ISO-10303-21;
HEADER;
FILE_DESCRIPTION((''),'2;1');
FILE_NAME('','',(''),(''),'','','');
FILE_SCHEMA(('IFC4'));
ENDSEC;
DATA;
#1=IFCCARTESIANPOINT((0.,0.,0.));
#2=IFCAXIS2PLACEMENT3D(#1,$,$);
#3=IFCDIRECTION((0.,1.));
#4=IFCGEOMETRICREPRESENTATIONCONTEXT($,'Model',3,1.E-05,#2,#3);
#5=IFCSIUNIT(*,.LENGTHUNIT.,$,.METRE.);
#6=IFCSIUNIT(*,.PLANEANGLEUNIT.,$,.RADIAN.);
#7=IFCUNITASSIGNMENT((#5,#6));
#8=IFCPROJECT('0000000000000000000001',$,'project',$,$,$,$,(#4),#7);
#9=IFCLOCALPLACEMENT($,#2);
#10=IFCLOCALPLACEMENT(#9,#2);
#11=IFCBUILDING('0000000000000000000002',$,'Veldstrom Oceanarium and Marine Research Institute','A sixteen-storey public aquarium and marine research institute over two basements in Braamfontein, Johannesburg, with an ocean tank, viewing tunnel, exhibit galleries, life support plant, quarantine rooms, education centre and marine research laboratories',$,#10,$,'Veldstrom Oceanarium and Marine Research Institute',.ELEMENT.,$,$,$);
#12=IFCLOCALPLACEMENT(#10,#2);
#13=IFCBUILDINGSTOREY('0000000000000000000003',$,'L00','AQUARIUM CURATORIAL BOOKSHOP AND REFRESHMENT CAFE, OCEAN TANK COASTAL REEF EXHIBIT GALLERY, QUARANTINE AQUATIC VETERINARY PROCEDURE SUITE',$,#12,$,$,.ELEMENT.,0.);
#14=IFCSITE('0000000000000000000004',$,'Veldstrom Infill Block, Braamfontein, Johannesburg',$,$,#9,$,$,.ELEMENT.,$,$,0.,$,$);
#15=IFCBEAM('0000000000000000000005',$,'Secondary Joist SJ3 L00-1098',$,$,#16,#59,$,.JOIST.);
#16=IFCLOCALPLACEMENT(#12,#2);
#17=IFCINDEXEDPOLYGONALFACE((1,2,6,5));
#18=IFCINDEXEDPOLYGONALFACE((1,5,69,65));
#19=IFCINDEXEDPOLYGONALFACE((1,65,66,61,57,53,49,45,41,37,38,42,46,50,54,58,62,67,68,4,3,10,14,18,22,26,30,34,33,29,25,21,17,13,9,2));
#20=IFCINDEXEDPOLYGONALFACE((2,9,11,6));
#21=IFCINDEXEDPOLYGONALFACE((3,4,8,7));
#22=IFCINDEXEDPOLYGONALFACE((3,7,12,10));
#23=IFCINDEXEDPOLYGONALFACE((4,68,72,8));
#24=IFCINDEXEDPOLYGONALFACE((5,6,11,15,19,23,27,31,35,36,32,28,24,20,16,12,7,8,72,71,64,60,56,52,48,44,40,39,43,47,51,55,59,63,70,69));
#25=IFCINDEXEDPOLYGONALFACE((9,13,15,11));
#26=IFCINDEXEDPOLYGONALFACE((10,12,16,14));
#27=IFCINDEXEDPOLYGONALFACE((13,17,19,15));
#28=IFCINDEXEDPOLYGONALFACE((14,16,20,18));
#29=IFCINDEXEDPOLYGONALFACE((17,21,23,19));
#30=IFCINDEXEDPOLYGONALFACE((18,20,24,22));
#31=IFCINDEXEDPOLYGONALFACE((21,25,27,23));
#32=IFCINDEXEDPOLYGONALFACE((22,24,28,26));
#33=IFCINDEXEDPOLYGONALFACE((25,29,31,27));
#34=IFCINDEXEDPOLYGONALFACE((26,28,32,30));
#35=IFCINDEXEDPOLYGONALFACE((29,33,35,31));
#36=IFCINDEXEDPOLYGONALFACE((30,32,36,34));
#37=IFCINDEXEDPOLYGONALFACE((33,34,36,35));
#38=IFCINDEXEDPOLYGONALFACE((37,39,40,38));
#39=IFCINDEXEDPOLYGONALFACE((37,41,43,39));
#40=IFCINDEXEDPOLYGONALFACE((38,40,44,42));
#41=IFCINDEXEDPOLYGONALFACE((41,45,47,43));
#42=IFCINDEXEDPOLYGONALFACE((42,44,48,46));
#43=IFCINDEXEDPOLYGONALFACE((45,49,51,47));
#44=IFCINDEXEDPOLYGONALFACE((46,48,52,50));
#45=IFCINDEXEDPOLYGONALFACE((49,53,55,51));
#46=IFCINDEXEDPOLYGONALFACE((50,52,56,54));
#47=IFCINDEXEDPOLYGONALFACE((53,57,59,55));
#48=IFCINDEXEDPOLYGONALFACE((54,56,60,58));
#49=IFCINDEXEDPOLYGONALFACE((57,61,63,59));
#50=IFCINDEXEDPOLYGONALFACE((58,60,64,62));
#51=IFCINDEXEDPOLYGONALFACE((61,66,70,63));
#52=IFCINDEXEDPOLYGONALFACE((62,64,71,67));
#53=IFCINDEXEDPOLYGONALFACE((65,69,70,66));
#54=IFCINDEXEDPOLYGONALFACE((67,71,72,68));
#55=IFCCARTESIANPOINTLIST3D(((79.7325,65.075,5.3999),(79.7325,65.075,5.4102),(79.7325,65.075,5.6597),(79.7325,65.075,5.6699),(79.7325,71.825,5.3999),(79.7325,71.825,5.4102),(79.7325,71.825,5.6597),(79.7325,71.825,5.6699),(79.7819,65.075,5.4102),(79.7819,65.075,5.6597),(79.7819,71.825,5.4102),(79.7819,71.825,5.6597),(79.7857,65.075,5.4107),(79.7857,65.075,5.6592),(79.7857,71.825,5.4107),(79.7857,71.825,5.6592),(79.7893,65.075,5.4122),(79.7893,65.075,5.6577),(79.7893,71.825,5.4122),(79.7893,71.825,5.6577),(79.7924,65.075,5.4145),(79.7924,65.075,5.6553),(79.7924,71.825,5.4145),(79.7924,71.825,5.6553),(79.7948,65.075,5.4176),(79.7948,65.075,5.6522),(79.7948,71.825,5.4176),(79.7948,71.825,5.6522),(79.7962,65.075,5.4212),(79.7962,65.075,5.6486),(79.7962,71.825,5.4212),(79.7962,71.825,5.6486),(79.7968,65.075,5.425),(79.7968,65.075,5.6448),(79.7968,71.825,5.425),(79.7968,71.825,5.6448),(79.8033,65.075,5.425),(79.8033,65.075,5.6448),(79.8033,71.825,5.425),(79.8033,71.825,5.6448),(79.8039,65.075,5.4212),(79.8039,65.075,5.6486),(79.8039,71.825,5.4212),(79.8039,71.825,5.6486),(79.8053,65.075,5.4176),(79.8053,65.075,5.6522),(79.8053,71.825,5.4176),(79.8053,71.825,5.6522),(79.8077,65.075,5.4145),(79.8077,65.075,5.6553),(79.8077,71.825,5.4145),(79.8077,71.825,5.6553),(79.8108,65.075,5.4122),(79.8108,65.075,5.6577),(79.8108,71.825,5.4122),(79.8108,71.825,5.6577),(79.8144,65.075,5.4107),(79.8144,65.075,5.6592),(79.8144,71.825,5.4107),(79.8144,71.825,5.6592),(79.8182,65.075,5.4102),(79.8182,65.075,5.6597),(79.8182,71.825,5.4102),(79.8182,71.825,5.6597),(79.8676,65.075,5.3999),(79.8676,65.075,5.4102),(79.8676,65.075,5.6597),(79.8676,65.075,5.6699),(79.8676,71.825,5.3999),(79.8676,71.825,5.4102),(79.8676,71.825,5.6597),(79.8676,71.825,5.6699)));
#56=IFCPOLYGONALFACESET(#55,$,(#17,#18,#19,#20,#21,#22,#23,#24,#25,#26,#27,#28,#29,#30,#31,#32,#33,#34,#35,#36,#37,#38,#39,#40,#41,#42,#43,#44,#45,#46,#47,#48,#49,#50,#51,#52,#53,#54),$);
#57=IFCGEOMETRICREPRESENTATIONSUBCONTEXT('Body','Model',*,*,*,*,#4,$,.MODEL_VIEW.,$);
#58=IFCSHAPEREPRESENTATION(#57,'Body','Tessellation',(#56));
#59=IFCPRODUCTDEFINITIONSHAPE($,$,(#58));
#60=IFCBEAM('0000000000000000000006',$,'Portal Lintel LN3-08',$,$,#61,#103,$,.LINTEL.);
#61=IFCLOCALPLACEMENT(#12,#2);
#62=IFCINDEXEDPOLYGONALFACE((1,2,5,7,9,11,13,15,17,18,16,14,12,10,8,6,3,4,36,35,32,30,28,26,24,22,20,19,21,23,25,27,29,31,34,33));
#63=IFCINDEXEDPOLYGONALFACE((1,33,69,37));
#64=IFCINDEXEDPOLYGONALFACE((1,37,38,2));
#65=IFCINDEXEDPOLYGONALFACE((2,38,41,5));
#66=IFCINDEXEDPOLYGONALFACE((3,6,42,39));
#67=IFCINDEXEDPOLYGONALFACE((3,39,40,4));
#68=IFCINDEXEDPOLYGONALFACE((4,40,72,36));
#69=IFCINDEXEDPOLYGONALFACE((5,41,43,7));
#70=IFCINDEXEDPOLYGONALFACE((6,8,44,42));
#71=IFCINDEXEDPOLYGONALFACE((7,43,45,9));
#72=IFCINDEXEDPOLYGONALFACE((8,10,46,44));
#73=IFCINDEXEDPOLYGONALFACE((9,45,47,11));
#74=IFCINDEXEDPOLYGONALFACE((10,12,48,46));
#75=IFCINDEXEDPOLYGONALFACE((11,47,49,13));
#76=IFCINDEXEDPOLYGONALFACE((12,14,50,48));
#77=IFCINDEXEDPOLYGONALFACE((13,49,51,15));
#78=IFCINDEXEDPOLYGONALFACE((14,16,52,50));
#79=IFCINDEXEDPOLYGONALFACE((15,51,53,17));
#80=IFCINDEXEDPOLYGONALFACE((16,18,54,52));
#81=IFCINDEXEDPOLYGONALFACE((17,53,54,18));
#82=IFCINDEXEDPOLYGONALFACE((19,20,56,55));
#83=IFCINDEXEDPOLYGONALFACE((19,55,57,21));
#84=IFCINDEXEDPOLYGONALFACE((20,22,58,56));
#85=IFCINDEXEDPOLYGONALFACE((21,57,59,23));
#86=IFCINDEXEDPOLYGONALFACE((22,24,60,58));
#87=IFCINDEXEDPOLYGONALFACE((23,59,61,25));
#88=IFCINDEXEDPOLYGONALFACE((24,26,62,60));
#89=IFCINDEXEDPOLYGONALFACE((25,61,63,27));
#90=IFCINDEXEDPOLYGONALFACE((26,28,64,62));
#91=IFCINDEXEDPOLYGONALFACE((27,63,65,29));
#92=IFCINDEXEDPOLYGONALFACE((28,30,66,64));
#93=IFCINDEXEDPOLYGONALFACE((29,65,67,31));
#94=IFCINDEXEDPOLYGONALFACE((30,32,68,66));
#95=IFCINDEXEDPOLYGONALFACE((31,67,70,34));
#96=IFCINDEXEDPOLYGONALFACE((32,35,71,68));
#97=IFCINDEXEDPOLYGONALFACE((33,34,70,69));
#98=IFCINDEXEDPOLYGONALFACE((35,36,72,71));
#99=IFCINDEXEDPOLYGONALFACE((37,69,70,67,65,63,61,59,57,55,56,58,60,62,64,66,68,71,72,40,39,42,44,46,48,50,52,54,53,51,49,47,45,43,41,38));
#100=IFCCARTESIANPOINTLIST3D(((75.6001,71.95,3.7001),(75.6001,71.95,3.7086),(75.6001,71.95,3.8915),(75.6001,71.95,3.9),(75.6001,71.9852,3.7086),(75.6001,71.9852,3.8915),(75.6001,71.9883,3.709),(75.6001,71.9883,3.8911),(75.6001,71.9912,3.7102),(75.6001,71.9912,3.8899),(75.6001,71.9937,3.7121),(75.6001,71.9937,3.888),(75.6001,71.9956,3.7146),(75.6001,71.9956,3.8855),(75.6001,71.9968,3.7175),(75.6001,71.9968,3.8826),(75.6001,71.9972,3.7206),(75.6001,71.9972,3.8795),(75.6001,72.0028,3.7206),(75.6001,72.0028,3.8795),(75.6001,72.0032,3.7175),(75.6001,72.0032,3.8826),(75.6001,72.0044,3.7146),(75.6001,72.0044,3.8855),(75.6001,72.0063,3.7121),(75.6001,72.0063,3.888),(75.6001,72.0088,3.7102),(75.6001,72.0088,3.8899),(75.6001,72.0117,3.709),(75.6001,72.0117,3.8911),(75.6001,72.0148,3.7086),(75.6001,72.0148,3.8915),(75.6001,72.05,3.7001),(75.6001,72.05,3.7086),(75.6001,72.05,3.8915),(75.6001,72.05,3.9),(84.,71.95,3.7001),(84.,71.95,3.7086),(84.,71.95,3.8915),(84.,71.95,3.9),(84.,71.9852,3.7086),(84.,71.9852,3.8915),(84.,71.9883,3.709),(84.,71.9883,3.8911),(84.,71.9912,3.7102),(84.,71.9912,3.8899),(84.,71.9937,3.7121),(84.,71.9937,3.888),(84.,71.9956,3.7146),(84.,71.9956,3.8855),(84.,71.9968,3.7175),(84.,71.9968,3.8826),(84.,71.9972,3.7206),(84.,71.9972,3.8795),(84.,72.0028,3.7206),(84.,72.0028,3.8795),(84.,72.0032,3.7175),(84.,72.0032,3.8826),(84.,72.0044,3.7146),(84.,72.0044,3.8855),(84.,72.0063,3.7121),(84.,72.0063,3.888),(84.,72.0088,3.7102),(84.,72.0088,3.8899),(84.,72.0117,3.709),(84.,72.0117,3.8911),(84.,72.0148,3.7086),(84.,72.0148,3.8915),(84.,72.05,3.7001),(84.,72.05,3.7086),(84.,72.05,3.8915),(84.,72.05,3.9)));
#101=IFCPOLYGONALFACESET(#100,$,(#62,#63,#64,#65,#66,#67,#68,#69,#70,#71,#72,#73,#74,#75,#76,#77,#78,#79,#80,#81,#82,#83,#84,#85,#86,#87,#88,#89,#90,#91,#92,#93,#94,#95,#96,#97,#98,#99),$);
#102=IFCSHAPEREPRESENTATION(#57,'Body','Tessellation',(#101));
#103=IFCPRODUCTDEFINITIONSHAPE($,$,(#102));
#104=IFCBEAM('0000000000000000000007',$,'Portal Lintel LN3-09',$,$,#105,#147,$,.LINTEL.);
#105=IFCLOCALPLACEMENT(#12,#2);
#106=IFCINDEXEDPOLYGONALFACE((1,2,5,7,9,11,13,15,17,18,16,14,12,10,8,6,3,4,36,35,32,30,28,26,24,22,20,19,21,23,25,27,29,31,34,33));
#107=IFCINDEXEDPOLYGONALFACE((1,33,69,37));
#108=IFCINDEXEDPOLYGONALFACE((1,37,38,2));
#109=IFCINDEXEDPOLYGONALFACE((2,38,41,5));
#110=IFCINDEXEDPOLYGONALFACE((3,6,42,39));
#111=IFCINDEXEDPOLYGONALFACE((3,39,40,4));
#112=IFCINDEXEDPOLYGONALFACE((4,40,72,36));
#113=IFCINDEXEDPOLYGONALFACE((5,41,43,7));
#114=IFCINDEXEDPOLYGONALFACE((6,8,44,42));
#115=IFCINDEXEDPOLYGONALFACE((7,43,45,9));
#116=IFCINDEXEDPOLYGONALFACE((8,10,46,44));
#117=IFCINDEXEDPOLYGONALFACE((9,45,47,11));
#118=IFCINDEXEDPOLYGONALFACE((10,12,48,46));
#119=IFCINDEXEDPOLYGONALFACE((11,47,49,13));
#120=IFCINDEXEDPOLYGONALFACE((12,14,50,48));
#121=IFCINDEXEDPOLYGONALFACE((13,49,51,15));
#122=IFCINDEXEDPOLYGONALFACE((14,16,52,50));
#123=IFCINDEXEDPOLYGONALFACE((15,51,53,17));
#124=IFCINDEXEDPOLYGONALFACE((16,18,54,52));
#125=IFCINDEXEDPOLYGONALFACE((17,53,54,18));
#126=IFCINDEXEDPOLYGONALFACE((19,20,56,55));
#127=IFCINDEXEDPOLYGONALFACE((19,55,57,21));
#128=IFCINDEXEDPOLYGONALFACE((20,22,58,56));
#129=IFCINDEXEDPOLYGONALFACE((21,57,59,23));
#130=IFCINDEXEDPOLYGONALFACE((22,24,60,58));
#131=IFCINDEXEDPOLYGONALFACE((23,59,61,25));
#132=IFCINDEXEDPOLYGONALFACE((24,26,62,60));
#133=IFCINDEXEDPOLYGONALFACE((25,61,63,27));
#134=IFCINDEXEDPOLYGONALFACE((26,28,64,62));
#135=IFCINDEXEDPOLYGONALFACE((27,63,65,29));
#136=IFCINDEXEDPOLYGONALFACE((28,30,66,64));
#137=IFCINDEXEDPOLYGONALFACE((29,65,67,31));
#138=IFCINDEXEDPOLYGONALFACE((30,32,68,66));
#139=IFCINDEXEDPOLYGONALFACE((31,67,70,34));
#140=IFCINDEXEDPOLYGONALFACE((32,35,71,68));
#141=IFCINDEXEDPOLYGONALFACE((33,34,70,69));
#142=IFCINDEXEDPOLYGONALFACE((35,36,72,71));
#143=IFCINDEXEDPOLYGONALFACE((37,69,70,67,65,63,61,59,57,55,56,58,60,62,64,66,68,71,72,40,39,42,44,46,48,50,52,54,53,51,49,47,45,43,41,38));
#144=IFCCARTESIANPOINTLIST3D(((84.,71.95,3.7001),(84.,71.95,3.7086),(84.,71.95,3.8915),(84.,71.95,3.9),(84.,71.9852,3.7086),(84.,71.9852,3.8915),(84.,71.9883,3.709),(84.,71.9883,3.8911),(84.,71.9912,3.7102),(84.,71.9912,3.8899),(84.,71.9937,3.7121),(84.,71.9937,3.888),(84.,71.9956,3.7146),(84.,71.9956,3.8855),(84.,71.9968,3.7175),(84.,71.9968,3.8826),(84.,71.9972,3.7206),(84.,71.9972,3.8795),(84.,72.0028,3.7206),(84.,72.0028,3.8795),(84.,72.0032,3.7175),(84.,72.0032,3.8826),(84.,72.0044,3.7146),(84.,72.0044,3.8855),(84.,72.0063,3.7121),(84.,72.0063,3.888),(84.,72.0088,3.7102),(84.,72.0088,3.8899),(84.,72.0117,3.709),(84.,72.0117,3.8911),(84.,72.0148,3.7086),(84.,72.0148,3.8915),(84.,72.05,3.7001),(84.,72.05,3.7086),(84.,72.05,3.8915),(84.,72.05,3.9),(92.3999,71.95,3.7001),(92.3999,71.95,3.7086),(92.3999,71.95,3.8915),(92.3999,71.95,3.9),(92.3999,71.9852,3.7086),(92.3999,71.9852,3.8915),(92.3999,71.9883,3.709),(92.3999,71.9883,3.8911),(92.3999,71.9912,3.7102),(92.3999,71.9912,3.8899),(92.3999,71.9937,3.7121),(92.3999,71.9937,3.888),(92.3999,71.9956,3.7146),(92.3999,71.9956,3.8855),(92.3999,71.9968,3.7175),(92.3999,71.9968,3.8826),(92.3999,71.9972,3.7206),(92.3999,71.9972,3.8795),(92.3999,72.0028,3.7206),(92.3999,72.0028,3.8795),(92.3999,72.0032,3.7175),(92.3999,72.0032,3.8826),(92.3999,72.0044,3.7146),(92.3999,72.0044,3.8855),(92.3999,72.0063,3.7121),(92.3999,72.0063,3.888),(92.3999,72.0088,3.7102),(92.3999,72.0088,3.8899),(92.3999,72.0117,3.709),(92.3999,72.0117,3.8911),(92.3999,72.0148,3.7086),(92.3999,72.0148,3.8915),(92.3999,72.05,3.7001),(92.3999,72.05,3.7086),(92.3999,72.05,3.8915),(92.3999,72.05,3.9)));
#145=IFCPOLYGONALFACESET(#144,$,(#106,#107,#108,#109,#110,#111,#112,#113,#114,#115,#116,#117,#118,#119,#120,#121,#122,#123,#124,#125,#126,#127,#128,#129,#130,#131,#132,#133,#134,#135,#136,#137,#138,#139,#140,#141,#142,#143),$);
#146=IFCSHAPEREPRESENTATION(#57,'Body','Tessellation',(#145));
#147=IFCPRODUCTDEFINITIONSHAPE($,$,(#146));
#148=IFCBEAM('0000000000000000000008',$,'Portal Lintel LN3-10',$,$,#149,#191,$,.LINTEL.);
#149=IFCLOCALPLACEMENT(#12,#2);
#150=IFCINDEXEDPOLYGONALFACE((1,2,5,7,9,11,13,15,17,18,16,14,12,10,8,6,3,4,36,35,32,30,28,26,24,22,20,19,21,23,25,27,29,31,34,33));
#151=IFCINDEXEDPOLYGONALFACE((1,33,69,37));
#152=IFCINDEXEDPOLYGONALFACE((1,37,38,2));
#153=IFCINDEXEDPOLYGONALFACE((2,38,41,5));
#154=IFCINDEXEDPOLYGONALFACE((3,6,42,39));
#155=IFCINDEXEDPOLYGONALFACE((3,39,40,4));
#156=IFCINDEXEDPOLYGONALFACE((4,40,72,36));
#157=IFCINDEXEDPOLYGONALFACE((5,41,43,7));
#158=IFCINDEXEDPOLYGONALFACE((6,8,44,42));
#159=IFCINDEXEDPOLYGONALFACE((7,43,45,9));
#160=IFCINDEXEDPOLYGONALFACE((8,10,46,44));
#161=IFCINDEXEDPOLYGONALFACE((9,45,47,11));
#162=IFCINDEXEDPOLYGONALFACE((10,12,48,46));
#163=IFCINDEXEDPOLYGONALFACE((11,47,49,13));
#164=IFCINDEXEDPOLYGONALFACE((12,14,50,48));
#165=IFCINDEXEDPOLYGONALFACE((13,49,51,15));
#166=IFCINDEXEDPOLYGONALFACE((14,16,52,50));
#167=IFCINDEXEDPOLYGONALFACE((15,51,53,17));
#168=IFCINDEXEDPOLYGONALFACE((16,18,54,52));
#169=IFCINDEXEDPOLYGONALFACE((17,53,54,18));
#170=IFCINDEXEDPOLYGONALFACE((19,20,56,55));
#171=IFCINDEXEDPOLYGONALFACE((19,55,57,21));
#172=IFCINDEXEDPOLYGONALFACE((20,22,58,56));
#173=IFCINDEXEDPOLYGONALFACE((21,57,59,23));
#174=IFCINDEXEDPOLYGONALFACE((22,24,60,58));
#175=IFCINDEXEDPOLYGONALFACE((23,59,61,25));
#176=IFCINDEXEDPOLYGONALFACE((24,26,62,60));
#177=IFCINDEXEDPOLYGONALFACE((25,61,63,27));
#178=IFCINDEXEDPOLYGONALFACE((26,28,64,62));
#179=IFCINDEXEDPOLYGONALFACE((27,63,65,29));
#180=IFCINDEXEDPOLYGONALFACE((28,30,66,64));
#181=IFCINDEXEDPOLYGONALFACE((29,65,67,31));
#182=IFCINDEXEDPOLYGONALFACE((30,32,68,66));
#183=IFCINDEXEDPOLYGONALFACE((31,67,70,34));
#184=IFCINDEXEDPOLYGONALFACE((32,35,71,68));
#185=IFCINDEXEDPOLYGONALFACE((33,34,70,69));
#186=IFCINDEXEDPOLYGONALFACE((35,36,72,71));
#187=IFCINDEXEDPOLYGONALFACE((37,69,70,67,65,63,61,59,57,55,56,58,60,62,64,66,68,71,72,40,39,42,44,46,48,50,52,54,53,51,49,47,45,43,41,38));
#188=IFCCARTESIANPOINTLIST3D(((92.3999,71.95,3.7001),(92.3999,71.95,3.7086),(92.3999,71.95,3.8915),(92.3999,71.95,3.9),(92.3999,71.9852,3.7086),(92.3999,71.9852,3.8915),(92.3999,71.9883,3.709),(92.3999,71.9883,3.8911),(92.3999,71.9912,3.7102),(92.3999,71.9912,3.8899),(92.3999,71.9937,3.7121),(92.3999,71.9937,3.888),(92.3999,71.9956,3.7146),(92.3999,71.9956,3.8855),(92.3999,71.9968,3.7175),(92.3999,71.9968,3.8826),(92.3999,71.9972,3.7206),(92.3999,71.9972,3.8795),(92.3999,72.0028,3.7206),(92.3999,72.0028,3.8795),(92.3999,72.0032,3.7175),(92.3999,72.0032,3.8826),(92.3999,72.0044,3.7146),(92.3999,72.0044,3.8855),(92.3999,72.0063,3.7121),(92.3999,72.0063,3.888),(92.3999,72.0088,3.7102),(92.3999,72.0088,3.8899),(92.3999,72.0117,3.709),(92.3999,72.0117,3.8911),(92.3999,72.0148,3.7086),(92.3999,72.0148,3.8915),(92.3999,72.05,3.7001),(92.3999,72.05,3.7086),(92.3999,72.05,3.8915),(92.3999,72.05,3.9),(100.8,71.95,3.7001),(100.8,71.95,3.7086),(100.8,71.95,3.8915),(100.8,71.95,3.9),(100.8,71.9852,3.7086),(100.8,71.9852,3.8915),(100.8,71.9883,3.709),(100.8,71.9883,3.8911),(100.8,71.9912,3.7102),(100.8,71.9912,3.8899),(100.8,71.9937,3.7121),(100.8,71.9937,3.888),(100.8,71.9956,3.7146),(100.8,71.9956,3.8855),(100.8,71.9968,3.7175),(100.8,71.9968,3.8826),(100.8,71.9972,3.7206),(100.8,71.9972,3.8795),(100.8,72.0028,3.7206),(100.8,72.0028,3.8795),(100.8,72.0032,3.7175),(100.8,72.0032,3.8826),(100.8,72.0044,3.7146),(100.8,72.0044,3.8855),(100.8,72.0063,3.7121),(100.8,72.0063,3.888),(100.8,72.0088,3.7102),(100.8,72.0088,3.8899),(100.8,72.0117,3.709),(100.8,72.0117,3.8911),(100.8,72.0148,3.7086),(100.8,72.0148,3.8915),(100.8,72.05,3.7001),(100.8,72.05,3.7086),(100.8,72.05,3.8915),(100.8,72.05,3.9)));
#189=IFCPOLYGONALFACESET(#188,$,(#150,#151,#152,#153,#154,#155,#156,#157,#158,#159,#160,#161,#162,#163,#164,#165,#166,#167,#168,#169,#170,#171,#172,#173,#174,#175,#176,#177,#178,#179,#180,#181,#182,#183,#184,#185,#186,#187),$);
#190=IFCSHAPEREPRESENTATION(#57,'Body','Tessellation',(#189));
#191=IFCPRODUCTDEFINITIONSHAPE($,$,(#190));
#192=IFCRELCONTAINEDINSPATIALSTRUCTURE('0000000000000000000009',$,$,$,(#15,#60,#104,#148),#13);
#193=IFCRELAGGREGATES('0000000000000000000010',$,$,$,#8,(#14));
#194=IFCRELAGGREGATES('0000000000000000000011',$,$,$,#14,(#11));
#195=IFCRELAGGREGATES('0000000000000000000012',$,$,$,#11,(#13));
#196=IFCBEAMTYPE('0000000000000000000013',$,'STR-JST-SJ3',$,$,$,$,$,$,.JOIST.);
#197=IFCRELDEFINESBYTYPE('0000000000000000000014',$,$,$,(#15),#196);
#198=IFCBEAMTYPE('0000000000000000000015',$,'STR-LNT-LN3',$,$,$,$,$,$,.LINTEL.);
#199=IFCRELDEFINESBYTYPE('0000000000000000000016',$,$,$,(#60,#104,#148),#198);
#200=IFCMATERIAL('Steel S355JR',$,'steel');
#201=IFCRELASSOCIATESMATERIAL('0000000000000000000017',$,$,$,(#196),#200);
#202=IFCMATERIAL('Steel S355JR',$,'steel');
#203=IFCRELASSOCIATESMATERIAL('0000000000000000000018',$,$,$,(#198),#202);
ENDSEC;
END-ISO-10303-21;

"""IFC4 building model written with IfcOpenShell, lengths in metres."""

from ifc_helpers import new_model, si_unit, direction, frame, origin, origin_2d, place, context, subcontext, project, spatial, i_section, extrude, material, material_profile, profile_set, type_object, element, save


model = new_model("IFC4")

# Units and contexts
model_context = context("Model", 3, precision=1e-05, world=origin(), true_north=direction((0.0, 1.0)))
body_context = subcontext(model_context, "Body", "Model", "MODEL_VIEW")
ifc_project = project(units=[si_unit("LENGTHUNIT", "METRE"), si_unit("PLANEANGLEUNIT", "RADIAN")], contexts=[model_context])

# Site, building, storey
site_placement = place(None, origin())
site = spatial("IfcSite", under=ifc_project, at=site_placement, Name="Veldstrom Infill Block, Braamfontein, Johannesburg", CompositionType="ELEMENT", RefElevation=0.0)
building_placement = place(site_placement, origin())
building = spatial("IfcBuilding", under=site, at=building_placement, Name="Veldstrom Oceanarium and Marine Research Institute", Description="A sixteen-storey public aquarium and marine research institute over two basements in Braamfontein, Johannesburg, with an ocean tank, viewing tunnel, exhibit galleries, life support plant, quarantine rooms, education centre and marine research laboratories", LongName="Veldstrom Oceanarium and Marine Research Institute", CompositionType="ELEMENT")
storey_placement = place(building_placement, origin())
storey = spatial("IfcBuildingStorey", under=building, at=storey_placement, Name="L00", Description="AQUARIUM CURATORIAL BOOKSHOP AND REFRESHMENT CAFE, OCEAN TANK COASTAL REEF EXHIBIT GALLERY, QUARANTINE AQUATIC VETERINARY PROCEDURE SUITE", CompositionType="ELEMENT", Elevation=0.0)

# Beams
ifc_material_1 = material(Name="Steel S355JR", Category="steel")
ifc_material_profile_1 = material_profile(ifc_material_1, i_section(OverallWidth=0.135, OverallDepth=0.27, WebThickness=0.0066, FlangeThickness=0.0103, FilletRadius=0.0149, at=origin_2d()), Name="IPE 270")
ifc_profile_set_1 = profile_set([ifc_material_profile_1], Name="Steel S355JR")
beam_type_1 = type_object("IfcBeamType", Name="STR-JST-SJ3", PredefinedType="JOIST", material=ifc_profile_set_1)
beam_1_placement = place(storey_placement, frame((79.8, 65.075, 5.5349), z_axis=(0.0, 1.0, 0.0), x_axis=(-1.0, 0.0, 0.0)))
element("IfcBeam", 1, at=beam_1_placement, inside=storey, type_object=beam_type_1, Name="Secondary Joist SJ3 L00-1098", PredefinedType="JOIST", context=body_context, shape_type="SweptSolid", body=[
    extrude(i_section(OverallWidth=0.135, OverallDepth=0.27, WebThickness=0.0066, FlangeThickness=0.0103, FilletRadius=0.0149, at=origin_2d()), origin(), (0.0, 0.0, 1.0), 6.75),
])
ifc_material_2 = material(Name="Steel S355JR", Category="steel")
ifc_material_profile_2 = material_profile(ifc_material_2, i_section(OverallWidth=0.1001, OverallDepth=0.2, WebThickness=0.0056, FlangeThickness=0.0085, FilletRadius=0.012, at=origin_2d()), Name="IPE 200")
ifc_profile_set_2 = profile_set([ifc_material_profile_2], Name="Steel S355JR")
beam_type_2 = type_object("IfcBeamType", Name="STR-LNT-LN3", PredefinedType="LINTEL", material=ifc_profile_set_2)
for number, where, z_axis, x_axis, name in (
    (2, (75.6001, 72.0, 3.8), (1.0, 0.0, 0.0), (0.0, 1.0, 0.0), "Portal Lintel LN3-08"),
    (3, (84.0, 72.0, 3.8), (1.0, 0.0, 0.0), (0.0, 1.0, 0.0), "Portal Lintel LN3-09"),
):
    element("IfcBeam", number, at=place(storey_placement, frame(where, z_axis=z_axis, x_axis=x_axis)), inside=storey, type_object=beam_type_2, Name=name, PredefinedType="LINTEL", context=body_context, shape_type="SweptSolid", body=[
        extrude(i_section(OverallWidth=0.1001, OverallDepth=0.2, WebThickness=0.0056, FlangeThickness=0.0085, FilletRadius=0.012, at=origin_2d()), origin(), (0.0, 0.0, 1.0), 8.3999),
    ])
beam_2_placement = place(storey_placement, frame((92.3999, 72.0, 3.8), z_axis=(1.0, 0.0, 0.0), x_axis=(0.0, 1.0, 0.0)))
element("IfcBeam", 4, at=beam_2_placement, inside=storey, type_object=beam_type_2, Name="Portal Lintel LN3-10", PredefinedType="LINTEL", context=body_context, shape_type="SweptSolid", body=[
    extrude(i_section(OverallWidth=0.1001, OverallDepth=0.2, WebThickness=0.0056, FlangeThickness=0.0085, FilletRadius=0.012, at=origin_2d()), origin(), (0.0, 0.0, 1.0), 8.4001),
])

save(model, "model.ifc")
